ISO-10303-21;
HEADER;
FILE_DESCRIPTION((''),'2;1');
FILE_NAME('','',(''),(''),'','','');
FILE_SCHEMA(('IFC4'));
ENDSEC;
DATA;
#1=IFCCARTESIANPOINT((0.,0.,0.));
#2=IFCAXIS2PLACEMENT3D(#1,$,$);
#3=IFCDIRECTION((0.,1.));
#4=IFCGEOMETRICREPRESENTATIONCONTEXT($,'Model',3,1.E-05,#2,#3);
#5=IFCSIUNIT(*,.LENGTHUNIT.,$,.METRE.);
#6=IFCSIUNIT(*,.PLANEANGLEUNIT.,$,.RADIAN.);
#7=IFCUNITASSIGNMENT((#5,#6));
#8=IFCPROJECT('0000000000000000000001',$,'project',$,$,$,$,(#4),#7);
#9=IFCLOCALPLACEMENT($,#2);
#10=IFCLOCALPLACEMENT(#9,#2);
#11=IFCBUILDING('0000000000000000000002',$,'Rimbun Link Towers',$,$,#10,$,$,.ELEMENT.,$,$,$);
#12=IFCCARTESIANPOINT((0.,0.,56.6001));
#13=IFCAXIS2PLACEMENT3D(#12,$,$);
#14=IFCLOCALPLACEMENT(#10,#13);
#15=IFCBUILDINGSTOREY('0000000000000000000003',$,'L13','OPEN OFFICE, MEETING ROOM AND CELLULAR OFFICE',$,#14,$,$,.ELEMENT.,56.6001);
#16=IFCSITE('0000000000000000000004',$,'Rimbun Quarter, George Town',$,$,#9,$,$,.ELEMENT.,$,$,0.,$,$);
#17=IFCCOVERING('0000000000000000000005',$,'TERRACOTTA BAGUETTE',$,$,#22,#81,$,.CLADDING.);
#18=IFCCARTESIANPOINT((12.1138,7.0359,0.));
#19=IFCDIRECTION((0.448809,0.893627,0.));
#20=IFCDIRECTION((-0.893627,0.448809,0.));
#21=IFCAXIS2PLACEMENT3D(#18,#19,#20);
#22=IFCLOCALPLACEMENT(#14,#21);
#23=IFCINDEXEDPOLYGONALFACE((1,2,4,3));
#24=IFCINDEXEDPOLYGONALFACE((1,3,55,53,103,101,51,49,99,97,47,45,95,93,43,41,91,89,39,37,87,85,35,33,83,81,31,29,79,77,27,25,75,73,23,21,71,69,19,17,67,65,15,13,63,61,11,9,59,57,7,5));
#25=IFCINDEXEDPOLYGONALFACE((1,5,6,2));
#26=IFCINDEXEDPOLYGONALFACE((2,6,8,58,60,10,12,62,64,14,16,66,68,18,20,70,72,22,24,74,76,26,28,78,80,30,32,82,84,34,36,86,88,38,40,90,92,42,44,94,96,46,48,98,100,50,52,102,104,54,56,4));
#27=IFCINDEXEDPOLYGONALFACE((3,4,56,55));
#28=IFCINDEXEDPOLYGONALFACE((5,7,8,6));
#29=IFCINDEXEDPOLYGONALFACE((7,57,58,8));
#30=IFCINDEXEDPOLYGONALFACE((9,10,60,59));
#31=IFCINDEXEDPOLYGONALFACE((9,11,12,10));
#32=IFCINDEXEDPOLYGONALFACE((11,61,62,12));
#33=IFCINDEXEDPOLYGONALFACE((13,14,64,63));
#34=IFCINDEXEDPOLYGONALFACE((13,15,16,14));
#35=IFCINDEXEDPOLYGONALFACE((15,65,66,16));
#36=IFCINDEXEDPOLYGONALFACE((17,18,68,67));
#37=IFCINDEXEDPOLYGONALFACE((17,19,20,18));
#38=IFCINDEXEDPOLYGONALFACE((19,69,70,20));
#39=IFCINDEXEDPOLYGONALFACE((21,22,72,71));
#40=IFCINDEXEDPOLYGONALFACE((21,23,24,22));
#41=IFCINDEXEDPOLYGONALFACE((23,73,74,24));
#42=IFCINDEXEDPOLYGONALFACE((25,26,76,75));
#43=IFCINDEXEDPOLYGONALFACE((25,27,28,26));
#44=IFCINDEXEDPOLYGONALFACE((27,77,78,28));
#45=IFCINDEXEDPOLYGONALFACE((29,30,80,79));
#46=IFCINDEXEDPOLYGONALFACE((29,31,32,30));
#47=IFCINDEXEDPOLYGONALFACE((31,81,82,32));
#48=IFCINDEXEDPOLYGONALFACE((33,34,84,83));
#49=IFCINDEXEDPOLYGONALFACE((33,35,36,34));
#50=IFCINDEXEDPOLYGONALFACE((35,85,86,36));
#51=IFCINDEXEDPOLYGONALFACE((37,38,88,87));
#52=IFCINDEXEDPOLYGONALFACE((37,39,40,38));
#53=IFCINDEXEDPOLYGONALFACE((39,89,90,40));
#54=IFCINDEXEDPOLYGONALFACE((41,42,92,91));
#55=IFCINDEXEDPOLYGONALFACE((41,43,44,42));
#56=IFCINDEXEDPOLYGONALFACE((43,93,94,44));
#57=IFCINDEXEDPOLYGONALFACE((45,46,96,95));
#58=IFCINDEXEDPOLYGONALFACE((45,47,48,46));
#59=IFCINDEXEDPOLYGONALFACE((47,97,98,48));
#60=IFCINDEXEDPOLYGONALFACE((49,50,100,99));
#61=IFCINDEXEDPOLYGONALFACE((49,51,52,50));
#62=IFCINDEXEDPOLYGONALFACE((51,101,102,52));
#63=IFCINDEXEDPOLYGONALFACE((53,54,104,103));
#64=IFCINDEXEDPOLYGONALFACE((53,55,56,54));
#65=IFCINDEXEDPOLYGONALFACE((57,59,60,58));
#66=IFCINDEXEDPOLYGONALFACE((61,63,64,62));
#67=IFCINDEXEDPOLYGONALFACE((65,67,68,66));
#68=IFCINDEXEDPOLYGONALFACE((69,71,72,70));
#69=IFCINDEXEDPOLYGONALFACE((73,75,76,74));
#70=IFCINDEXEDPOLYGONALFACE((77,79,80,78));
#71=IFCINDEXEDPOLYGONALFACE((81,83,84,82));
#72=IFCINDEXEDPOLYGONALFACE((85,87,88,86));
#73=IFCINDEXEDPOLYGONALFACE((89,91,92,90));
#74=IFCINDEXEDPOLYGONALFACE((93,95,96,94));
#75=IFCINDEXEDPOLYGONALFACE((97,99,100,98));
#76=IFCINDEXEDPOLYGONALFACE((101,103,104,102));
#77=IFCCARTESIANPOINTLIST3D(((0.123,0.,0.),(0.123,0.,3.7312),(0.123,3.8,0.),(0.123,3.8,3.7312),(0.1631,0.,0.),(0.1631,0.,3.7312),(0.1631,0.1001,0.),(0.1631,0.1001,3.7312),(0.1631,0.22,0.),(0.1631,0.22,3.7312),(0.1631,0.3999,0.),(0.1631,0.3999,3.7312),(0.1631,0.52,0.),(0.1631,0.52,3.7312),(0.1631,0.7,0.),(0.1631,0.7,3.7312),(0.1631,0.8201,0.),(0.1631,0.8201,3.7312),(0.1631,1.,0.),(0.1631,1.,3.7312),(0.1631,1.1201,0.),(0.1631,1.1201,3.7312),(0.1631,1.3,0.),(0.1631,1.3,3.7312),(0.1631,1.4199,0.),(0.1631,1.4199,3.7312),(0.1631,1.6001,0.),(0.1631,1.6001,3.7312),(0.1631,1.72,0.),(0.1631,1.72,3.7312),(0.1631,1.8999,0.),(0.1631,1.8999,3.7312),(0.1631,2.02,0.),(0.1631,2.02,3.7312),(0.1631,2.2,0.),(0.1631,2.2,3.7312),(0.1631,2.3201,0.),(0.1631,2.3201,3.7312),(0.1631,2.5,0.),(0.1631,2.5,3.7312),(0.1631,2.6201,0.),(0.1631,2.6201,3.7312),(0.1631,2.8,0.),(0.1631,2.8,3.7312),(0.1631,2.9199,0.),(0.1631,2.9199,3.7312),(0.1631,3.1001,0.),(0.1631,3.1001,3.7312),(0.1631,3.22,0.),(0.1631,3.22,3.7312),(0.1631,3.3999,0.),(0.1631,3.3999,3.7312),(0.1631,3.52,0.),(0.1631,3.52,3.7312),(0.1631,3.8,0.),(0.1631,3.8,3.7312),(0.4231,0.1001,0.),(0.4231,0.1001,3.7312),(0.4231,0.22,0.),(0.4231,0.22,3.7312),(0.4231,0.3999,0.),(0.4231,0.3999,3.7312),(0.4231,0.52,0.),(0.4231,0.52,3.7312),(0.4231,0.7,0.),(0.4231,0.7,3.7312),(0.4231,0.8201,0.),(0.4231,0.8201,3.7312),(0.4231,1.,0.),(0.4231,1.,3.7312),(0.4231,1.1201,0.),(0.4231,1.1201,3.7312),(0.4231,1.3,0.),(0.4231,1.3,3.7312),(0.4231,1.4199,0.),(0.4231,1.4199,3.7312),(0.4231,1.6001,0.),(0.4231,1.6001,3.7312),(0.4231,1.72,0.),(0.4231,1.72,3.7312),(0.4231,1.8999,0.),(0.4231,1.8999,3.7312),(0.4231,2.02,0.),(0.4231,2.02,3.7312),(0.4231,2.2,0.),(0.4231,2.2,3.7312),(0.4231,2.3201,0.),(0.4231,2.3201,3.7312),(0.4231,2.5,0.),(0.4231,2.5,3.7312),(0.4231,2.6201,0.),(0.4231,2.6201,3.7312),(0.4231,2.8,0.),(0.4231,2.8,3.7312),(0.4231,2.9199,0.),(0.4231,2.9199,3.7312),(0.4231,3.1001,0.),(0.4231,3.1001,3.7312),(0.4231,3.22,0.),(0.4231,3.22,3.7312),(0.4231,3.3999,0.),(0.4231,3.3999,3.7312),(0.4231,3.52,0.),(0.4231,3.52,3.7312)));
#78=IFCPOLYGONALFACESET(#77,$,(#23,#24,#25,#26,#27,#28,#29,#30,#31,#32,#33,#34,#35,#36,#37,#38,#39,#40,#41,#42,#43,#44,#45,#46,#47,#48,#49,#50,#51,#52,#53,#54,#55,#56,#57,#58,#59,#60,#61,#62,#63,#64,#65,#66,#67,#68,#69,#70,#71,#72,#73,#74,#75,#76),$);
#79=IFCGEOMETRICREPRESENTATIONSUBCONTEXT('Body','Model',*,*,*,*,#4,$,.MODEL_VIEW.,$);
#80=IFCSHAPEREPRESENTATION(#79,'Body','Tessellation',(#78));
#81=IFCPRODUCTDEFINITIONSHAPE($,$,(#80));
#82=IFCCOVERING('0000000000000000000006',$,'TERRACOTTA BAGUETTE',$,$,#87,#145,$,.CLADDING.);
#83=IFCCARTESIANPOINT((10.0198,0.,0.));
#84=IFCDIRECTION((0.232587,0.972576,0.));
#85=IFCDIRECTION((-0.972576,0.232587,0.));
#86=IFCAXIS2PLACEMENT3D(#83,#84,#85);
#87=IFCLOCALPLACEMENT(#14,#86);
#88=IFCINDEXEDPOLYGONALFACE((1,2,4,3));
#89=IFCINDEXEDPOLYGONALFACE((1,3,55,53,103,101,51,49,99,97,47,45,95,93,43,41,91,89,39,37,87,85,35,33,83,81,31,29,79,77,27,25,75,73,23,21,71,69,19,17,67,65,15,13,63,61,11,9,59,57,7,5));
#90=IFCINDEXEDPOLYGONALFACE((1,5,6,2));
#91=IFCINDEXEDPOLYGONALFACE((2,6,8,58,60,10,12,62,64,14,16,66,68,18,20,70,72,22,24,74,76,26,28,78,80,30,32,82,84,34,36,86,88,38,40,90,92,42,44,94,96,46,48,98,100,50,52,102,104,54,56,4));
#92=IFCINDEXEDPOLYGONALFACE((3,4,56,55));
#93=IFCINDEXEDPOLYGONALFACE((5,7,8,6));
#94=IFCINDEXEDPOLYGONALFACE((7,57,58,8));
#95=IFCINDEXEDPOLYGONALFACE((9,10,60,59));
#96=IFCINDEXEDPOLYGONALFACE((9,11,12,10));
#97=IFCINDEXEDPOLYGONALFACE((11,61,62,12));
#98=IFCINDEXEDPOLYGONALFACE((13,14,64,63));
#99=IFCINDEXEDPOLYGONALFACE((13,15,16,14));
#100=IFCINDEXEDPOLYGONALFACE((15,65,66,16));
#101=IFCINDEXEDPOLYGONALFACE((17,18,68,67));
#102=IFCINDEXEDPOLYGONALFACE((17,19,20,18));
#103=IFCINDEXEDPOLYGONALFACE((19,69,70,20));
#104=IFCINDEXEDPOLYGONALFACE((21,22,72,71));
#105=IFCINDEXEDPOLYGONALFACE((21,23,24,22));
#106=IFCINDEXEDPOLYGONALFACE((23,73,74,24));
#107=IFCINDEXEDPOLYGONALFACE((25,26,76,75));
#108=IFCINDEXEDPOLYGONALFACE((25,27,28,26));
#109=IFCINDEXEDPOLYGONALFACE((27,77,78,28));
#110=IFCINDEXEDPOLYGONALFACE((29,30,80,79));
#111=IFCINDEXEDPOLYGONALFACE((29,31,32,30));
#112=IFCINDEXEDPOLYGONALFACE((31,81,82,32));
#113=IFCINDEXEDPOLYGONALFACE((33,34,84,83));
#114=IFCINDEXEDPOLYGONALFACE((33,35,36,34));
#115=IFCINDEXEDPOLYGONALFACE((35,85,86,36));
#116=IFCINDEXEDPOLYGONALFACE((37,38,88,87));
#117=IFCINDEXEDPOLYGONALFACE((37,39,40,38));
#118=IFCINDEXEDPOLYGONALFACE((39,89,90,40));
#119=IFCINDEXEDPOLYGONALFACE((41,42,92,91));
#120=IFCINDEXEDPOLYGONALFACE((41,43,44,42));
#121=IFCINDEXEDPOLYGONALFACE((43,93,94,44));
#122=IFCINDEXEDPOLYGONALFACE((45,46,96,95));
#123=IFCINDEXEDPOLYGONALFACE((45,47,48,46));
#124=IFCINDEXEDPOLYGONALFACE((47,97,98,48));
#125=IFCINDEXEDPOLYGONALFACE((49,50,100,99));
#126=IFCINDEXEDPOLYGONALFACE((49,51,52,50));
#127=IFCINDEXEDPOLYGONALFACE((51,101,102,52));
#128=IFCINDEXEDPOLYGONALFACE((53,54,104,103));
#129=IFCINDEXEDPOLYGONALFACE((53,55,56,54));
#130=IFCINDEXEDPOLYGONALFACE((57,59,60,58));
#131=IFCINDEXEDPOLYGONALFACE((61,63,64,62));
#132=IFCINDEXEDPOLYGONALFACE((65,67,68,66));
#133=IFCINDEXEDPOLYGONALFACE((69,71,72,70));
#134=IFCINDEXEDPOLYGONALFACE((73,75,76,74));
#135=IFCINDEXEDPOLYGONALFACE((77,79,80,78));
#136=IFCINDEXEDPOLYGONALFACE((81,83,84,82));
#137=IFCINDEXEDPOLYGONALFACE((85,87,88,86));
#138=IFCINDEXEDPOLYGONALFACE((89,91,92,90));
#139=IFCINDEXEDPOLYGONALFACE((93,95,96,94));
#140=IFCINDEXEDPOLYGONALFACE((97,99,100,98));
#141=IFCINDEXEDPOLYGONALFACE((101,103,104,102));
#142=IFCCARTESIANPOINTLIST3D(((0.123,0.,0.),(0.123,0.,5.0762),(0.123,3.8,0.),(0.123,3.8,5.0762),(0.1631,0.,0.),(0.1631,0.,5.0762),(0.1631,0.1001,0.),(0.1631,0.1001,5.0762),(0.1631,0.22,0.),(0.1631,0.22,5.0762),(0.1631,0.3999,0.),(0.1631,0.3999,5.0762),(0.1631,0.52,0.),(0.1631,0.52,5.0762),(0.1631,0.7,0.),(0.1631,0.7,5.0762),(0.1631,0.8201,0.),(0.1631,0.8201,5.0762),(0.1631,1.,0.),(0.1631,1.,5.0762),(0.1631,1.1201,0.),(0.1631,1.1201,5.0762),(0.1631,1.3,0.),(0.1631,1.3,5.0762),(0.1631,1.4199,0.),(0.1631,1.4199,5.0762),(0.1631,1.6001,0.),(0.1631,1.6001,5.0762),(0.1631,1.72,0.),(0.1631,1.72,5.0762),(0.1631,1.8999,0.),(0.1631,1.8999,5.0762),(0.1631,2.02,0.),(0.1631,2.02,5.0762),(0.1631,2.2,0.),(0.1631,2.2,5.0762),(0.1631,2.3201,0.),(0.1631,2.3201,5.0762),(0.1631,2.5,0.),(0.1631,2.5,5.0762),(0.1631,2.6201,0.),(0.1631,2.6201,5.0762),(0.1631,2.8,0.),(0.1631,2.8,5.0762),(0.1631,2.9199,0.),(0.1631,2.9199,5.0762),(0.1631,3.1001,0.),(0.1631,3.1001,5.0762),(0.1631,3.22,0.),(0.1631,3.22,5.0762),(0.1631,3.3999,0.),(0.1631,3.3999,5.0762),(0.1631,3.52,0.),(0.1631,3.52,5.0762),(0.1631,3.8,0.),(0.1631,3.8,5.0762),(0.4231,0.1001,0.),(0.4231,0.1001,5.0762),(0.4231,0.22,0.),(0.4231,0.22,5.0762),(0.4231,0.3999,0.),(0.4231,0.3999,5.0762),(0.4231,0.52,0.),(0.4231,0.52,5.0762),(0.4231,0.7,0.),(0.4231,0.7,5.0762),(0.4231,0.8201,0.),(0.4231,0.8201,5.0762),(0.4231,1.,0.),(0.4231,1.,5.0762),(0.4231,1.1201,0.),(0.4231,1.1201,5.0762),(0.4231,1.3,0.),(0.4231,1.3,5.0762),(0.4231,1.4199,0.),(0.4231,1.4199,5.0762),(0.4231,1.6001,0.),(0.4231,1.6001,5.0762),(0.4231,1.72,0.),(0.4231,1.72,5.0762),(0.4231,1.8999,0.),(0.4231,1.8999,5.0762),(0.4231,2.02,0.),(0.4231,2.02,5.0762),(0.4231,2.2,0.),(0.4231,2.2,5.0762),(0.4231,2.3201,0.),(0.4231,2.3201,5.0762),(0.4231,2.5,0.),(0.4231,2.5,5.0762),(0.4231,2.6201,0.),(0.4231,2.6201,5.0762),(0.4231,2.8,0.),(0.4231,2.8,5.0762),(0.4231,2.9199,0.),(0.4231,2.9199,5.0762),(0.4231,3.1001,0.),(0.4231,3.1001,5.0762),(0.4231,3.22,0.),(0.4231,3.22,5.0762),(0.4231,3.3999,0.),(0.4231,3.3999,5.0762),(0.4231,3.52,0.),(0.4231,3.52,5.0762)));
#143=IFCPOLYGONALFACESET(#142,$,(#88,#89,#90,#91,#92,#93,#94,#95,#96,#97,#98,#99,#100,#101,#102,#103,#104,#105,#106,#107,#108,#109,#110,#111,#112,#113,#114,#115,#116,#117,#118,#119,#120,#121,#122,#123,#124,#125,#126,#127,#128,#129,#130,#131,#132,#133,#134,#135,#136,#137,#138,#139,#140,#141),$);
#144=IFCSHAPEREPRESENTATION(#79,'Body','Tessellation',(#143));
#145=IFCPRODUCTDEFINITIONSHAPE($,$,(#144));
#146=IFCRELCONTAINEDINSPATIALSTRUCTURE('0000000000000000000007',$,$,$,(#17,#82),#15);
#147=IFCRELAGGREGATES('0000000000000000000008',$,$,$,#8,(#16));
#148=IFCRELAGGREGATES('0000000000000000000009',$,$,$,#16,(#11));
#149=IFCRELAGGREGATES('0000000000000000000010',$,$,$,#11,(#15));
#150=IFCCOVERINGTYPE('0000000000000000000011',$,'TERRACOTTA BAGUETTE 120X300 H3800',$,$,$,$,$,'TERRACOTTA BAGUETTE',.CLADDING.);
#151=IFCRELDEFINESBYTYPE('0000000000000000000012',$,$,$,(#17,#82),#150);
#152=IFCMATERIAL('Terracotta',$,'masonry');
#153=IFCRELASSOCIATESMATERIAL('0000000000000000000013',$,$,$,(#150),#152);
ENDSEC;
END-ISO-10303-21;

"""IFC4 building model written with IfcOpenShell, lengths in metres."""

from ifc_helpers import new_model, si_unit, direction, frame, origin, place, context, subcontext, project, spatial, polyline, outline, extrude, material, material_profile, profile_set, type_object, element, save


model = new_model("IFC4")

# Units and contexts
model_context = context("Model", 3, precision=1e-05, world=origin(), true_north=direction((0.0, 1.0)))
body_context = subcontext(model_context, "Body", "Model", "MODEL_VIEW")
ifc_project = project(units=[si_unit("LENGTHUNIT", "METRE"), si_unit("PLANEANGLEUNIT", "RADIAN")], contexts=[model_context])

# Site, building, storey
site_placement = place(None, origin())
site = spatial("IfcSite", under=ifc_project, at=site_placement, Name="Rimbun Quarter, George Town", CompositionType="ELEMENT", RefElevation=0.0)
building_placement = place(site_placement, origin())
building = spatial("IfcBuilding", under=site, at=building_placement, Name="Rimbun Link Towers", CompositionType="ELEMENT")
storey_placement = place(building_placement, frame((0.0, 0.0, 56.6001)))
storey = spatial("IfcBuildingStorey", under=building, at=storey_placement, Name="L13", Description="OPEN OFFICE, MEETING ROOM AND CELLULAR OFFICE", CompositionType="ELEMENT", Elevation=56.6001)

# Coverings
ifc_material_1 = material(Name="Terracotta", Category="masonry")
ifc_material_profile_1 = material_profile(ifc_material_1, outline(polyline([(0.123, 0.0), (0.1631, 0.0), (0.1631, 0.1001), (0.4231, 0.1001), (0.4231, 0.22), (0.1631, 0.22), (0.1631, 0.3999), (0.4231, 0.3999), (0.4231, 0.52), (0.1631, 0.52), (0.1631, 0.7), (0.4231, 0.7), (0.4231, 0.8201), (0.1631, 0.8201), (0.1631, 1.0), (0.4231, 1.0), (0.4231, 1.1201), (0.1631, 1.1201), (0.1631, 1.3), (0.4231, 1.3), (0.4231, 1.4199), (0.1631, 1.4199), (0.1631, 1.6001), (0.4231, 1.6001), (0.4231, 1.72), (0.1631, 1.72), (0.1631, 1.8999), (0.4231, 1.8999), (0.4231, 2.02), (0.1631, 2.02), (0.1631, 2.2), (0.4231, 2.2), (0.4231, 2.3201), (0.1631, 2.3201), (0.1631, 2.5), (0.4231, 2.5), (0.4231, 2.6201), (0.1631, 2.6201), (0.1631, 2.8), (0.4231, 2.8), (0.4231, 2.9199), (0.1631, 2.9199), (0.1631, 3.1001), (0.4231, 3.1001), (0.4231, 3.22), (0.1631, 3.22), (0.1631, 3.3999), (0.4231, 3.3999), (0.4231, 3.52), (0.1631, 3.52), (0.1631, 3.8), (0.123, 3.8), (0.123, 0.0)])), Name="BAGUETTE 120X300")
ifc_profile_set_1 = profile_set([ifc_material_profile_1], Name="Terracotta")
covering_type_1 = type_object("IfcCoveringType", Name="TERRACOTTA BAGUETTE 120X300 H3800", ElementType="TERRACOTTA BAGUETTE", PredefinedType="CLADDING", material=ifc_profile_set_1)
covering_1_placement = place(storey_placement, frame((12.1138, 7.0359, 0.0), z_axis=(0.448809, 0.893627, 0.0), x_axis=(-0.893627, 0.448809, 0.0)))
element("IfcCovering", 1, at=covering_1_placement, inside=storey, type_object=covering_type_1, Name="TERRACOTTA BAGUETTE", PredefinedType="CLADDING", context=body_context, shape_type="SweptSolid", body=[
    extrude(outline(polyline([(0.123, 0.0), (0.1631, 0.0), (0.1631, 0.1001), (0.4231, 0.1001), (0.4231, 0.22), (0.1631, 0.22), (0.1631, 0.3999), (0.4231, 0.3999), (0.4231, 0.52), (0.1631, 0.52), (0.1631, 0.7), (0.4231, 0.7), (0.4231, 0.8201), (0.1631, 0.8201), (0.1631, 1.0), (0.4231, 1.0), (0.4231, 1.1201), (0.1631, 1.1201), (0.1631, 1.3), (0.4231, 1.3), (0.4231, 1.4199), (0.1631, 1.4199), (0.1631, 1.6001), (0.4231, 1.6001), (0.4231, 1.72), (0.1631, 1.72), (0.1631, 1.8999), (0.4231, 1.8999), (0.4231, 2.02), (0.1631, 2.02), (0.1631, 2.2), (0.4231, 2.2), (0.4231, 2.3201), (0.1631, 2.3201), (0.1631, 2.5), (0.4231, 2.5), (0.4231, 2.6201), (0.1631, 2.6201), (0.1631, 2.8), (0.4231, 2.8), (0.4231, 2.9199), (0.1631, 2.9199), (0.1631, 3.1001), (0.4231, 3.1001), (0.4231, 3.22), (0.1631, 3.22), (0.1631, 3.3999), (0.4231, 3.3999), (0.4231, 3.52), (0.1631, 3.52), (0.1631, 3.8), (0.123, 3.8), (0.123, 0.0)])), origin(), (0.0, 0.0, 1.0), 3.7312),
])
covering_2_placement = place(storey_placement, frame((10.0198, 0.0, 0.0), z_axis=(0.232587, 0.972576, 0.0), x_axis=(-0.972576, 0.232587, 0.0)))
element("IfcCovering", 2, at=covering_2_placement, inside=storey, type_object=covering_type_1, Name="TERRACOTTA BAGUETTE", PredefinedType="CLADDING", context=body_context, shape_type="SweptSolid", body=[
    extrude(outline(polyline([(0.123, 0.0), (0.1631, 0.0), (0.1631, 0.1001), (0.4231, 0.1001), (0.4231, 0.22), (0.1631, 0.22), (0.1631, 0.3999), (0.4231, 0.3999), (0.4231, 0.52), (0.1631, 0.52), (0.1631, 0.7), (0.4231, 0.7), (0.4231, 0.8201), (0.1631, 0.8201), (0.1631, 1.0), (0.4231, 1.0), (0.4231, 1.1201), (0.1631, 1.1201), (0.1631, 1.3), (0.4231, 1.3), (0.4231, 1.4199), (0.1631, 1.4199), (0.1631, 1.6001), (0.4231, 1.6001), (0.4231, 1.72), (0.1631, 1.72), (0.1631, 1.8999), (0.4231, 1.8999), (0.4231, 2.02), (0.1631, 2.02), (0.1631, 2.2), (0.4231, 2.2), (0.4231, 2.3201), (0.1631, 2.3201), (0.1631, 2.5), (0.4231, 2.5), (0.4231, 2.6201), (0.1631, 2.6201), (0.1631, 2.8), (0.4231, 2.8), (0.4231, 2.9199), (0.1631, 2.9199), (0.1631, 3.1001), (0.4231, 3.1001), (0.4231, 3.22), (0.1631, 3.22), (0.1631, 3.3999), (0.4231, 3.3999), (0.4231, 3.52), (0.1631, 3.52), (0.1631, 3.8), (0.123, 3.8), (0.123, 0.0)])), origin(), (0.0, 0.0, 1.0), 5.0762),
])

save(model, "model.ifc")
